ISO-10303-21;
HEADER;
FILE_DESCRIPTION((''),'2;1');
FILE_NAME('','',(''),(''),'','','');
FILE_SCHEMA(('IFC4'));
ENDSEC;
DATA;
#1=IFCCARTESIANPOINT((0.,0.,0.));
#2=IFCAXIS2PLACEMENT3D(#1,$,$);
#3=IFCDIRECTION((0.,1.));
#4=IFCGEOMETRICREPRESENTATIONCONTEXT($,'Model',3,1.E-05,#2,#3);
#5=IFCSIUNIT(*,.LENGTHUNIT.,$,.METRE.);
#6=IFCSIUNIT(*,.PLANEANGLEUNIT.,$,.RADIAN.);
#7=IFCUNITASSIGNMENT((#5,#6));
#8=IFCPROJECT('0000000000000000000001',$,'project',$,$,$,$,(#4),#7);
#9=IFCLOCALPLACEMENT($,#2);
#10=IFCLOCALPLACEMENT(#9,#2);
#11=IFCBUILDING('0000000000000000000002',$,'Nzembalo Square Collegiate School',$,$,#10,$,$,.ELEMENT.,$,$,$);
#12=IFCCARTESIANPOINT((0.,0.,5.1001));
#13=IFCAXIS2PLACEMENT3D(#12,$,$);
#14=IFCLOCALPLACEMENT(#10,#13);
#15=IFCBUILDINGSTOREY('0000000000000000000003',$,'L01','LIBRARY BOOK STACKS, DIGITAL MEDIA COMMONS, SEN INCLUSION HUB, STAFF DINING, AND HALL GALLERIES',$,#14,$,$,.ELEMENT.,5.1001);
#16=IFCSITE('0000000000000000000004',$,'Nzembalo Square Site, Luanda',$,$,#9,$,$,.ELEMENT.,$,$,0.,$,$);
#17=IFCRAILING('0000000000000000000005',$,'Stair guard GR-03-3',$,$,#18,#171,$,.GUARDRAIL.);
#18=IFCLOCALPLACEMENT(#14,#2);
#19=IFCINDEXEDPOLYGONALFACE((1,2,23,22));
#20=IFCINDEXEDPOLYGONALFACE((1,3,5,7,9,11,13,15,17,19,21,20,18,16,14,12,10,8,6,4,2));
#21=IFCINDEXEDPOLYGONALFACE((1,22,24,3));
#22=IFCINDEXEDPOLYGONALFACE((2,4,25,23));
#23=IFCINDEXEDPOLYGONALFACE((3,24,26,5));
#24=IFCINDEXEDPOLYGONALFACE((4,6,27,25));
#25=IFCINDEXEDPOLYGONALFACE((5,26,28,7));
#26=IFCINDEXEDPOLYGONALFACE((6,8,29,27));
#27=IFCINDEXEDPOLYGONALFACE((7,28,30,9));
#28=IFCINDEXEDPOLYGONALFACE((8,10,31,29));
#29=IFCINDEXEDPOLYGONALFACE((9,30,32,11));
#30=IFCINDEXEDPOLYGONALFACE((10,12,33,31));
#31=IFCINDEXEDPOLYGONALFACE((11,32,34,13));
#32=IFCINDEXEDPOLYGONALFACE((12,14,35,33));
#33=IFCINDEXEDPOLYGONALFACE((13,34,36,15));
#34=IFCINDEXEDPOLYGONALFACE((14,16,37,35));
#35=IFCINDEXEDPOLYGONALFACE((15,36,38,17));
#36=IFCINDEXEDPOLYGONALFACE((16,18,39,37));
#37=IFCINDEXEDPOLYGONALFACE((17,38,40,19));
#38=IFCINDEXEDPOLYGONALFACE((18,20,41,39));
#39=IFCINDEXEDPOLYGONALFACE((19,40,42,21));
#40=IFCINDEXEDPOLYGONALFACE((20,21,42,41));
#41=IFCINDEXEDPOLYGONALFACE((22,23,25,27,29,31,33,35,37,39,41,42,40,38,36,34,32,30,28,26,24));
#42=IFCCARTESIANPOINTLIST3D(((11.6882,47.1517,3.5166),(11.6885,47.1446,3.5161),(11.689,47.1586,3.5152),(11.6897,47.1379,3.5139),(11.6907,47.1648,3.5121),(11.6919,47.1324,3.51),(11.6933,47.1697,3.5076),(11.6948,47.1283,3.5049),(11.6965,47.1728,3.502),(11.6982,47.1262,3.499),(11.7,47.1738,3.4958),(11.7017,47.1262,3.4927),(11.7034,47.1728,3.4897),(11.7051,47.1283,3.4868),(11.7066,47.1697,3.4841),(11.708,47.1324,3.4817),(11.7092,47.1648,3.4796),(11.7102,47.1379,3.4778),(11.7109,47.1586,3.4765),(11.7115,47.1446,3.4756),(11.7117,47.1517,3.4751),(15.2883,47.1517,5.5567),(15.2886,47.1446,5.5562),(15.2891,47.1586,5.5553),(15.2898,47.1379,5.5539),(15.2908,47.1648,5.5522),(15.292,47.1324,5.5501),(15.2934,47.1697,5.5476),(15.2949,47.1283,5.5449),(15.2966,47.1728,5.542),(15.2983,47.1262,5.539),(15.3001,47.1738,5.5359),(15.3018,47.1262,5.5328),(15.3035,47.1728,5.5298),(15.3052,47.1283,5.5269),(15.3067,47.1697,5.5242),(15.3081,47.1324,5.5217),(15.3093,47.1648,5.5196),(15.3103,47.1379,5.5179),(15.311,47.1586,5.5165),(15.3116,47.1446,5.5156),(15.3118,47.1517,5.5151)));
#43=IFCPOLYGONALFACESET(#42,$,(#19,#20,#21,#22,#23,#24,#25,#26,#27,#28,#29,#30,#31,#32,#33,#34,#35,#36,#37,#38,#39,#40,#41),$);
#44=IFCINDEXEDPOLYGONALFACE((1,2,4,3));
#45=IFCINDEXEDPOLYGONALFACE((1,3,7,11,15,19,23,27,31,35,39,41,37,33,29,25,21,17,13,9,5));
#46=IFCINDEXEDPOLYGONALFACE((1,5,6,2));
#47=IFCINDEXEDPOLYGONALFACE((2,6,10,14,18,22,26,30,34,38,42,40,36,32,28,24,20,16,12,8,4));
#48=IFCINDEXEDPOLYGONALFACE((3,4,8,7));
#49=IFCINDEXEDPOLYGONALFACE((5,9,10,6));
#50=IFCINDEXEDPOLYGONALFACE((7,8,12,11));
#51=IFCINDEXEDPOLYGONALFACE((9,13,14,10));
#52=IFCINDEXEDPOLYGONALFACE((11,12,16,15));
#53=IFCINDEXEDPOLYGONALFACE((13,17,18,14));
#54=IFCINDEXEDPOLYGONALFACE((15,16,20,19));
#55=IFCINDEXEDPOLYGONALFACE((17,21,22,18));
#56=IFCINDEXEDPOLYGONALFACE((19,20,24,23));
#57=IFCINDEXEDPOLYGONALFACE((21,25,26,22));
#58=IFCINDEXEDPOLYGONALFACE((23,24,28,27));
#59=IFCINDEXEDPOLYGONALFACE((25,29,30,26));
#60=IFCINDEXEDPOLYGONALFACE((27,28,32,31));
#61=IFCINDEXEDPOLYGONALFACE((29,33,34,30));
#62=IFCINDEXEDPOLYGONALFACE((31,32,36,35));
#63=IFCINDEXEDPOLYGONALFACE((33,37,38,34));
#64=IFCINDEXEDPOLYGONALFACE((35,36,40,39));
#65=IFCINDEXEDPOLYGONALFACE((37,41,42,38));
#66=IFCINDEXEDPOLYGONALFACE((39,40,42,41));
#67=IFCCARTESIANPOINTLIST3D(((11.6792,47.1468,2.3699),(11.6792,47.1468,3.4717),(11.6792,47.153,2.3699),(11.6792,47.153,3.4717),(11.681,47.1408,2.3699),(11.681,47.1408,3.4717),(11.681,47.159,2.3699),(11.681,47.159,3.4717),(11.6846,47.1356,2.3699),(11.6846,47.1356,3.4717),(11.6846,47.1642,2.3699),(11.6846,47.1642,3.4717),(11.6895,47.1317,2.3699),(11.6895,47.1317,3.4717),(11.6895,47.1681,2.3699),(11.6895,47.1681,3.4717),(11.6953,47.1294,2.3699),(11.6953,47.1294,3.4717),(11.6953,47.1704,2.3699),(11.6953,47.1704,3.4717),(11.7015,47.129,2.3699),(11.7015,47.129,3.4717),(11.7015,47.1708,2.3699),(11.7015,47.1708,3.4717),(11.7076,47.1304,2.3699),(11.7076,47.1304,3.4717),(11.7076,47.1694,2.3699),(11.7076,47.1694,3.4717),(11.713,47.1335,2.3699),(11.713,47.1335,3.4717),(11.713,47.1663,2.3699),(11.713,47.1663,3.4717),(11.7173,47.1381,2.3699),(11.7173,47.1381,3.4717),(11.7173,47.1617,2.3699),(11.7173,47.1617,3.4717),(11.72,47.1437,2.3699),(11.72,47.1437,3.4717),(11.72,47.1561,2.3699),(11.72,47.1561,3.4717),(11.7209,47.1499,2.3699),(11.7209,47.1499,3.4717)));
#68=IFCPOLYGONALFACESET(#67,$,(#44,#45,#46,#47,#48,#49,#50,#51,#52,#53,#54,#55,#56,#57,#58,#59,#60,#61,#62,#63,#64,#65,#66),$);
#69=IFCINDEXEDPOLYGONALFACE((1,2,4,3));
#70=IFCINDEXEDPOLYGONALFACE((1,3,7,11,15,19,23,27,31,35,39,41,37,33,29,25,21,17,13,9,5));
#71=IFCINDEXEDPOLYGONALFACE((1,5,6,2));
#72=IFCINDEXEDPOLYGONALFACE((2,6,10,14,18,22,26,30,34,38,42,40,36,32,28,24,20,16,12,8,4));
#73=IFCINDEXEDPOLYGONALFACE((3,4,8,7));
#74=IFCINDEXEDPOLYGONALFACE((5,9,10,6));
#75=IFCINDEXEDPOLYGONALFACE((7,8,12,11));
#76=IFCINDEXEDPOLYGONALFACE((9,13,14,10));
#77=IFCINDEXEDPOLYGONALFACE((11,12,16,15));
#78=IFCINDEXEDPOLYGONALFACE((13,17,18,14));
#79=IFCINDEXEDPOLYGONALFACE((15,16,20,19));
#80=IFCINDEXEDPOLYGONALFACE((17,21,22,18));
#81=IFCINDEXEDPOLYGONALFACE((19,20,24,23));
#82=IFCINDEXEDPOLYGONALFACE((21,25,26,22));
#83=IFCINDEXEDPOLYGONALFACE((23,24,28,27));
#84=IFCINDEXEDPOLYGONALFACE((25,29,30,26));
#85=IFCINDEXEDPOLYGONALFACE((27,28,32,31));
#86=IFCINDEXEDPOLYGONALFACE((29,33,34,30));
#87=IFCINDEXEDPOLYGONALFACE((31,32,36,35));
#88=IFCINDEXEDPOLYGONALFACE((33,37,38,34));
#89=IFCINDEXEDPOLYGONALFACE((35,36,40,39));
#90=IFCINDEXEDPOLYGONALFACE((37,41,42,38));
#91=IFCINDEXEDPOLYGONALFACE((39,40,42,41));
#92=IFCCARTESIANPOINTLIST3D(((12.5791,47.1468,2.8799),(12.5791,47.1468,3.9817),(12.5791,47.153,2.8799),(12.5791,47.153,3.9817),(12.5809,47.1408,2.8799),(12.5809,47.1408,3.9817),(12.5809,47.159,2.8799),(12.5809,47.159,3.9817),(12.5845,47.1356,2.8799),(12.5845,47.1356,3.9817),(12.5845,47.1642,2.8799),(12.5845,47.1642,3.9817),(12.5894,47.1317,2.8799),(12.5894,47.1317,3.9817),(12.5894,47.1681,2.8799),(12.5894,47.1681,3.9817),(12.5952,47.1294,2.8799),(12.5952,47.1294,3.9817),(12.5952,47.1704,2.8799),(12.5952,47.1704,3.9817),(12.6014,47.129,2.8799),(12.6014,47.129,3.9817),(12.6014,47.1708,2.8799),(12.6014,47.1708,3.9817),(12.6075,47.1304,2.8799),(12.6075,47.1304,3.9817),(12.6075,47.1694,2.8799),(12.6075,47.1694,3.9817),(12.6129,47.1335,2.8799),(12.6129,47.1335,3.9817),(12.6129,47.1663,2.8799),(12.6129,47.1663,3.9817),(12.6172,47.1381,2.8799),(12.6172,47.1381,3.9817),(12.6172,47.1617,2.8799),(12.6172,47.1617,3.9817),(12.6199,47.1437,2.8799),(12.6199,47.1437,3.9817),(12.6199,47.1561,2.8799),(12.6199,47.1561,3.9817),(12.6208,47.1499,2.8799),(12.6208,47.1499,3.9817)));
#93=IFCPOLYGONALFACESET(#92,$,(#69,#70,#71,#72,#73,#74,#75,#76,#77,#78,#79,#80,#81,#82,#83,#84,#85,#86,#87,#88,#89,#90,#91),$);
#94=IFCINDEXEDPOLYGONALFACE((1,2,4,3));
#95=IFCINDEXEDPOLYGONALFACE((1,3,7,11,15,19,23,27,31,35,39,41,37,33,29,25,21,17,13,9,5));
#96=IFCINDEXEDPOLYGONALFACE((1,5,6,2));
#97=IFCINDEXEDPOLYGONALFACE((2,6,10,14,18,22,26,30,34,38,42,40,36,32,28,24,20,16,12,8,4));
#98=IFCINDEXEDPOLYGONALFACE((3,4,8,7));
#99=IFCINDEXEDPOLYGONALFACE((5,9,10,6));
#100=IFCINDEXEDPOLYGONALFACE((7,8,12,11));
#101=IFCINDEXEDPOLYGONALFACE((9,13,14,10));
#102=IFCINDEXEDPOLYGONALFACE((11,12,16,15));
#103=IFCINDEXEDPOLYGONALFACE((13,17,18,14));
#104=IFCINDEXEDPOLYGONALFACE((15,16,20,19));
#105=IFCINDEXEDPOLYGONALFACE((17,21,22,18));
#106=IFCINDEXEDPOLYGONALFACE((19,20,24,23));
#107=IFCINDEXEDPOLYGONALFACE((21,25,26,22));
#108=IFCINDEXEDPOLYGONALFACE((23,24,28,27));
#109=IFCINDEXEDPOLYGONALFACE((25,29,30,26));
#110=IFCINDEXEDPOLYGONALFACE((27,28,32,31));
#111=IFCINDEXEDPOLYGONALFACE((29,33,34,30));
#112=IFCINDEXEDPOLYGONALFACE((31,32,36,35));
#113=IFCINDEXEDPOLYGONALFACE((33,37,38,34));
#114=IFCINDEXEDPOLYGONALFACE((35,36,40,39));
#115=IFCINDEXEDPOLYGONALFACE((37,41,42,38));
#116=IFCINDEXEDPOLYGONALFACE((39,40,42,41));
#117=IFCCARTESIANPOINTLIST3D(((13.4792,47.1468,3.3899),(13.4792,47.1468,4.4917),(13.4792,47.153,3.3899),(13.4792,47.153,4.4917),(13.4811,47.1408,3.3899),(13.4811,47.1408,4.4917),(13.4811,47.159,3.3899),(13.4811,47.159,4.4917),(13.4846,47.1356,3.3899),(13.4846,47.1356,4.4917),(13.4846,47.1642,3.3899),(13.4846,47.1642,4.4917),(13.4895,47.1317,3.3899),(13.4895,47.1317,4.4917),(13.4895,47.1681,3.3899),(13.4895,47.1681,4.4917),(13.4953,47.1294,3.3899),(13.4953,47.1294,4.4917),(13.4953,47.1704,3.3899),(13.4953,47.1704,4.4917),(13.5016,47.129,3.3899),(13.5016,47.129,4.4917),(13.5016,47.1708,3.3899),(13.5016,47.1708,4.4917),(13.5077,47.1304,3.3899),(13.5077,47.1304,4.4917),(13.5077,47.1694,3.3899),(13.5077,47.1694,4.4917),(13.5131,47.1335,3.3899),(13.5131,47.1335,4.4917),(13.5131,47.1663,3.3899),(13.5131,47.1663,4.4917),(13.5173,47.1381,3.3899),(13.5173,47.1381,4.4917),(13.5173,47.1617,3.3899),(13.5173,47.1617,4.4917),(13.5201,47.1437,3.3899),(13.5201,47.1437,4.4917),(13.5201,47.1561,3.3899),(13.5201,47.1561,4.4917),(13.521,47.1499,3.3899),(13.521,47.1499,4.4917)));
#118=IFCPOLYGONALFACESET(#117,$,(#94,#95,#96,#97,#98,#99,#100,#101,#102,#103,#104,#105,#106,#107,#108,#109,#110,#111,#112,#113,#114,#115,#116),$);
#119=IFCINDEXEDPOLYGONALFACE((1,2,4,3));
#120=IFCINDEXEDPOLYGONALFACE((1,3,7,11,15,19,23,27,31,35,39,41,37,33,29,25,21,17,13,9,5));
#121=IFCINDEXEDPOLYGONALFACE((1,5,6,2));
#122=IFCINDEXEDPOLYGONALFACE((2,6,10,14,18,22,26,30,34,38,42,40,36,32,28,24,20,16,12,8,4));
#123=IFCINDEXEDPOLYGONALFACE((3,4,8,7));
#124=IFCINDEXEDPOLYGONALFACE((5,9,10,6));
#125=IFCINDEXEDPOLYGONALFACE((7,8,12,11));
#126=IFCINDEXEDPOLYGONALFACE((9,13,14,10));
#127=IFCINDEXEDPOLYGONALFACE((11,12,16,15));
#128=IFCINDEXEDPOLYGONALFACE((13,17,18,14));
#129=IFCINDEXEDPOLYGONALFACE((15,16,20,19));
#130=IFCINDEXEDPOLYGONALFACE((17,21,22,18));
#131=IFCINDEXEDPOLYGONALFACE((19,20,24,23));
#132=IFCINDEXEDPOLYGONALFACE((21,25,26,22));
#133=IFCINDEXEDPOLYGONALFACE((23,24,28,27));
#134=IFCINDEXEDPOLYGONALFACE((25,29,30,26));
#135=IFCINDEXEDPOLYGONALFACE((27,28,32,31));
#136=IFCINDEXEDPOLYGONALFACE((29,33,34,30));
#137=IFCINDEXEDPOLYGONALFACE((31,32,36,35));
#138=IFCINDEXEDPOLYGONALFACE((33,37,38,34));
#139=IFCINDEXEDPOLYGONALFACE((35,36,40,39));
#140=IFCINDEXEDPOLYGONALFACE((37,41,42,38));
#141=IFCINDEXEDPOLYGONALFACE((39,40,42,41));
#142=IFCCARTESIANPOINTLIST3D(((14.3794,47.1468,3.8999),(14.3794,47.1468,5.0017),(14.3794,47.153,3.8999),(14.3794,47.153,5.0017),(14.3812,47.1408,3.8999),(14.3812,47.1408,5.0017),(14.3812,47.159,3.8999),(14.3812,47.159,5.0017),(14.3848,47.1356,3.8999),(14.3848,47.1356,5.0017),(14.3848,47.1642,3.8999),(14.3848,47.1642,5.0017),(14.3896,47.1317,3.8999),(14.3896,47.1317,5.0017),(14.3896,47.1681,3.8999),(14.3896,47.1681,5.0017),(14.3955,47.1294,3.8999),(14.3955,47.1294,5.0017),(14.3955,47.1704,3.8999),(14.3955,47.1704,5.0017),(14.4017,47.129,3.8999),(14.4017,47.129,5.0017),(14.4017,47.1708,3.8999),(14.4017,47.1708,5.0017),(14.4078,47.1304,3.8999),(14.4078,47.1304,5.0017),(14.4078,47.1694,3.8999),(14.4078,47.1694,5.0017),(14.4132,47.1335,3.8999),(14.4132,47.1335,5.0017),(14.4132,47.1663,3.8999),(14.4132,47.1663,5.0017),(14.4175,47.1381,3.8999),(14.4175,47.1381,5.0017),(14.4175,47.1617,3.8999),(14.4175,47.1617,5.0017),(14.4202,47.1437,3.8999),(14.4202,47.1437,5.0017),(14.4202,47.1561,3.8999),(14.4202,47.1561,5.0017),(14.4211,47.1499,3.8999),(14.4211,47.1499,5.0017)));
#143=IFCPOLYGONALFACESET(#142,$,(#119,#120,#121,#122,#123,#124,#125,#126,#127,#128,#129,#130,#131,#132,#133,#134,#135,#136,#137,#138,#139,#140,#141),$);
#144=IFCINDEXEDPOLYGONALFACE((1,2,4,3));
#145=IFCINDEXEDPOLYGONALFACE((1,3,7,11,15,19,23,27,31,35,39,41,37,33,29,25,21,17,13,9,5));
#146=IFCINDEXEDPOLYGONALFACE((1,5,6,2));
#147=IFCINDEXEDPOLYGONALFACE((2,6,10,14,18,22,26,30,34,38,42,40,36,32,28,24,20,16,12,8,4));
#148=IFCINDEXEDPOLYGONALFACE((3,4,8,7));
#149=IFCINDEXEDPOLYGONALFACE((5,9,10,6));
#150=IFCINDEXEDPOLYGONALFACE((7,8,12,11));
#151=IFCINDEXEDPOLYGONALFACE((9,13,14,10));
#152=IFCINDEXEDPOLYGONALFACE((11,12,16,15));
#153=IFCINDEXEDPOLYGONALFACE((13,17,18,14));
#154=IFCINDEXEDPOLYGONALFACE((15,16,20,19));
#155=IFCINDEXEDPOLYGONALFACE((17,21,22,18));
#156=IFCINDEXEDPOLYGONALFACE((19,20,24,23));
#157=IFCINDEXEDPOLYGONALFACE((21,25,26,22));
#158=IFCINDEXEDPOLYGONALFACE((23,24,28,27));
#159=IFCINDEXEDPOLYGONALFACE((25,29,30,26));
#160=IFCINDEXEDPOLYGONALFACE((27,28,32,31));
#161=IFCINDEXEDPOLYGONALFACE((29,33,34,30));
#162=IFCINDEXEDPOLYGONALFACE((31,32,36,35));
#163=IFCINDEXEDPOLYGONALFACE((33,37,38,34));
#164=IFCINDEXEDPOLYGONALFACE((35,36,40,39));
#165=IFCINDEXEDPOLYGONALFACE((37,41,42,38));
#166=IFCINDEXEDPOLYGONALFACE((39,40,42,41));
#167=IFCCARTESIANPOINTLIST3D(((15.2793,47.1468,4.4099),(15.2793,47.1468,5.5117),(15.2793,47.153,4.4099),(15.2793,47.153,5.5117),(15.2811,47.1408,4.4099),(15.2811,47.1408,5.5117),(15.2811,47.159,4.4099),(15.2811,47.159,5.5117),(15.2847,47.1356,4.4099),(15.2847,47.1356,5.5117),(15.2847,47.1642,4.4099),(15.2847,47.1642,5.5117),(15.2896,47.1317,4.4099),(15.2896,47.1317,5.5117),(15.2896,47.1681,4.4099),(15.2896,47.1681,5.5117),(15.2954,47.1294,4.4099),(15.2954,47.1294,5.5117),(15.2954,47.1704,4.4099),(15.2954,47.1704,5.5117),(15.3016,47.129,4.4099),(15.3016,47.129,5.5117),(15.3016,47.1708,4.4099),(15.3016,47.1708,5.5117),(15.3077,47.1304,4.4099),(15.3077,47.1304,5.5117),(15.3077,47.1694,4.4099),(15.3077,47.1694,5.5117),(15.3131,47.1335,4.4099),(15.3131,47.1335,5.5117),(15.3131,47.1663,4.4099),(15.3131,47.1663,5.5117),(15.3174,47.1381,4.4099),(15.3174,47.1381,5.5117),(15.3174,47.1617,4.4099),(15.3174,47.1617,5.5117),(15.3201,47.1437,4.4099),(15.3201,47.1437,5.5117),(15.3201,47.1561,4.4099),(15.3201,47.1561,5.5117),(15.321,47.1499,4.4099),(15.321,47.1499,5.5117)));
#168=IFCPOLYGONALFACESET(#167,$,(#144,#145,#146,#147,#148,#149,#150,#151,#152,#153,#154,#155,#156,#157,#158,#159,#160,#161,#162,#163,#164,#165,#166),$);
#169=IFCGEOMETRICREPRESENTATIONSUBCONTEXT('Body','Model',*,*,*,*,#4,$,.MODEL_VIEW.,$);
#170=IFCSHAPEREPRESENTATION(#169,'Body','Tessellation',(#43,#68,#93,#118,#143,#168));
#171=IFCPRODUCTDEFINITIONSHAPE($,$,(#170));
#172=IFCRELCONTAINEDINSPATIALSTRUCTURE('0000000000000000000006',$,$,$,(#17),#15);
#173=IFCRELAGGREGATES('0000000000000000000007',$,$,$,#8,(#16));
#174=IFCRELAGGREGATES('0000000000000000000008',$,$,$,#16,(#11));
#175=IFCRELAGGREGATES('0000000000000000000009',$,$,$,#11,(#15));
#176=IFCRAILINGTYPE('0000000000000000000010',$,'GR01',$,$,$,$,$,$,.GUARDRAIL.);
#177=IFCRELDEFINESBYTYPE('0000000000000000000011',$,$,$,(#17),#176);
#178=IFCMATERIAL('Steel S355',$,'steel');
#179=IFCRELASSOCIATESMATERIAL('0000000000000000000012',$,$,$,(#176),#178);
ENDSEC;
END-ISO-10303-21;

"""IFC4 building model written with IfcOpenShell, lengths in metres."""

from ifc_helpers import new_model, si_unit, direction, frame, origin, origin_2d, place, context, subcontext, project, spatial, circle, extrude, material, type_object, element, save


model = new_model("IFC4")

# Units and contexts
model_context = context("Model", 3, precision=1e-05, world=origin(), true_north=direction((0.0, 1.0)))
body_context = subcontext(model_context, "Body", "Model", "MODEL_VIEW")
ifc_project = project(units=[si_unit("LENGTHUNIT", "METRE"), si_unit("PLANEANGLEUNIT", "RADIAN")], contexts=[model_context])

# Site, building, storey
site_placement = place(None, origin())
site = spatial("IfcSite", under=ifc_project, at=site_placement, Name="Nzembalo Square Site, Luanda", CompositionType="ELEMENT", RefElevation=0.0)
building_placement = place(site_placement, origin())
building = spatial("IfcBuilding", under=site, at=building_placement, Name="Nzembalo Square Collegiate School", CompositionType="ELEMENT")
storey_placement = place(building_placement, frame((0.0, 0.0, 5.1001)))
storey = spatial("IfcBuildingStorey", under=building, at=storey_placement, Name="L01", Description="LIBRARY BOOK STACKS, DIGITAL MEDIA COMMONS, SEN INCLUSION HUB, STAFF DINING, AND HALL GALLERIES", CompositionType="ELEMENT", Elevation=5.1001)

# Railing
ifc_material_1 = material(Name="Steel S355", Category="steel")
railing_type_1 = type_object("IfcRailingType", Name="GR01", PredefinedType="GUARDRAIL", material=ifc_material_1)
railing_1_placement = place(storey_placement, frame((11.7, 47.1499, 2.3699)))
element("IfcRailing", 1, at=railing_1_placement, inside=storey, type_object=railing_type_1, Name="Stair guard GR-03-3", PredefinedType="GUARDRAIL", context=body_context, shape_type="SweptSolid", body=[
    extrude(circle(Radius=0.0239, at=origin_2d()), frame((0.0, 0.0, 1.126), z_axis=(0.870024, 0.0, 0.49301), x_axis=(0.0, 1.0, 0.0)), (0.0, 0.0, 1.0), 4.1379),
    extrude(circle(Radius=0.021, at=origin_2d()), origin(), (0.0, 0.0, 1.0), 1.1018),
    extrude(circle(Radius=0.021, at=origin_2d()), frame((0.8999, 0.0, 0.51)), (0.0, 0.0, 1.0), 1.1018),
    extrude(circle(Radius=0.021, at=origin_2d()), frame((1.8, 0.0, 1.02)), (0.0, 0.0, 1.0), 1.1018),
    extrude(circle(Radius=0.021, at=origin_2d()), frame((2.7002, 0.0, 1.53)), (0.0, 0.0, 1.0), 1.1018),
    extrude(circle(Radius=0.021, at=origin_2d()), frame((3.6001, 0.0, 2.04)), (0.0, 0.0, 1.0), 1.1018),
])

save(model, "model.ifc")
